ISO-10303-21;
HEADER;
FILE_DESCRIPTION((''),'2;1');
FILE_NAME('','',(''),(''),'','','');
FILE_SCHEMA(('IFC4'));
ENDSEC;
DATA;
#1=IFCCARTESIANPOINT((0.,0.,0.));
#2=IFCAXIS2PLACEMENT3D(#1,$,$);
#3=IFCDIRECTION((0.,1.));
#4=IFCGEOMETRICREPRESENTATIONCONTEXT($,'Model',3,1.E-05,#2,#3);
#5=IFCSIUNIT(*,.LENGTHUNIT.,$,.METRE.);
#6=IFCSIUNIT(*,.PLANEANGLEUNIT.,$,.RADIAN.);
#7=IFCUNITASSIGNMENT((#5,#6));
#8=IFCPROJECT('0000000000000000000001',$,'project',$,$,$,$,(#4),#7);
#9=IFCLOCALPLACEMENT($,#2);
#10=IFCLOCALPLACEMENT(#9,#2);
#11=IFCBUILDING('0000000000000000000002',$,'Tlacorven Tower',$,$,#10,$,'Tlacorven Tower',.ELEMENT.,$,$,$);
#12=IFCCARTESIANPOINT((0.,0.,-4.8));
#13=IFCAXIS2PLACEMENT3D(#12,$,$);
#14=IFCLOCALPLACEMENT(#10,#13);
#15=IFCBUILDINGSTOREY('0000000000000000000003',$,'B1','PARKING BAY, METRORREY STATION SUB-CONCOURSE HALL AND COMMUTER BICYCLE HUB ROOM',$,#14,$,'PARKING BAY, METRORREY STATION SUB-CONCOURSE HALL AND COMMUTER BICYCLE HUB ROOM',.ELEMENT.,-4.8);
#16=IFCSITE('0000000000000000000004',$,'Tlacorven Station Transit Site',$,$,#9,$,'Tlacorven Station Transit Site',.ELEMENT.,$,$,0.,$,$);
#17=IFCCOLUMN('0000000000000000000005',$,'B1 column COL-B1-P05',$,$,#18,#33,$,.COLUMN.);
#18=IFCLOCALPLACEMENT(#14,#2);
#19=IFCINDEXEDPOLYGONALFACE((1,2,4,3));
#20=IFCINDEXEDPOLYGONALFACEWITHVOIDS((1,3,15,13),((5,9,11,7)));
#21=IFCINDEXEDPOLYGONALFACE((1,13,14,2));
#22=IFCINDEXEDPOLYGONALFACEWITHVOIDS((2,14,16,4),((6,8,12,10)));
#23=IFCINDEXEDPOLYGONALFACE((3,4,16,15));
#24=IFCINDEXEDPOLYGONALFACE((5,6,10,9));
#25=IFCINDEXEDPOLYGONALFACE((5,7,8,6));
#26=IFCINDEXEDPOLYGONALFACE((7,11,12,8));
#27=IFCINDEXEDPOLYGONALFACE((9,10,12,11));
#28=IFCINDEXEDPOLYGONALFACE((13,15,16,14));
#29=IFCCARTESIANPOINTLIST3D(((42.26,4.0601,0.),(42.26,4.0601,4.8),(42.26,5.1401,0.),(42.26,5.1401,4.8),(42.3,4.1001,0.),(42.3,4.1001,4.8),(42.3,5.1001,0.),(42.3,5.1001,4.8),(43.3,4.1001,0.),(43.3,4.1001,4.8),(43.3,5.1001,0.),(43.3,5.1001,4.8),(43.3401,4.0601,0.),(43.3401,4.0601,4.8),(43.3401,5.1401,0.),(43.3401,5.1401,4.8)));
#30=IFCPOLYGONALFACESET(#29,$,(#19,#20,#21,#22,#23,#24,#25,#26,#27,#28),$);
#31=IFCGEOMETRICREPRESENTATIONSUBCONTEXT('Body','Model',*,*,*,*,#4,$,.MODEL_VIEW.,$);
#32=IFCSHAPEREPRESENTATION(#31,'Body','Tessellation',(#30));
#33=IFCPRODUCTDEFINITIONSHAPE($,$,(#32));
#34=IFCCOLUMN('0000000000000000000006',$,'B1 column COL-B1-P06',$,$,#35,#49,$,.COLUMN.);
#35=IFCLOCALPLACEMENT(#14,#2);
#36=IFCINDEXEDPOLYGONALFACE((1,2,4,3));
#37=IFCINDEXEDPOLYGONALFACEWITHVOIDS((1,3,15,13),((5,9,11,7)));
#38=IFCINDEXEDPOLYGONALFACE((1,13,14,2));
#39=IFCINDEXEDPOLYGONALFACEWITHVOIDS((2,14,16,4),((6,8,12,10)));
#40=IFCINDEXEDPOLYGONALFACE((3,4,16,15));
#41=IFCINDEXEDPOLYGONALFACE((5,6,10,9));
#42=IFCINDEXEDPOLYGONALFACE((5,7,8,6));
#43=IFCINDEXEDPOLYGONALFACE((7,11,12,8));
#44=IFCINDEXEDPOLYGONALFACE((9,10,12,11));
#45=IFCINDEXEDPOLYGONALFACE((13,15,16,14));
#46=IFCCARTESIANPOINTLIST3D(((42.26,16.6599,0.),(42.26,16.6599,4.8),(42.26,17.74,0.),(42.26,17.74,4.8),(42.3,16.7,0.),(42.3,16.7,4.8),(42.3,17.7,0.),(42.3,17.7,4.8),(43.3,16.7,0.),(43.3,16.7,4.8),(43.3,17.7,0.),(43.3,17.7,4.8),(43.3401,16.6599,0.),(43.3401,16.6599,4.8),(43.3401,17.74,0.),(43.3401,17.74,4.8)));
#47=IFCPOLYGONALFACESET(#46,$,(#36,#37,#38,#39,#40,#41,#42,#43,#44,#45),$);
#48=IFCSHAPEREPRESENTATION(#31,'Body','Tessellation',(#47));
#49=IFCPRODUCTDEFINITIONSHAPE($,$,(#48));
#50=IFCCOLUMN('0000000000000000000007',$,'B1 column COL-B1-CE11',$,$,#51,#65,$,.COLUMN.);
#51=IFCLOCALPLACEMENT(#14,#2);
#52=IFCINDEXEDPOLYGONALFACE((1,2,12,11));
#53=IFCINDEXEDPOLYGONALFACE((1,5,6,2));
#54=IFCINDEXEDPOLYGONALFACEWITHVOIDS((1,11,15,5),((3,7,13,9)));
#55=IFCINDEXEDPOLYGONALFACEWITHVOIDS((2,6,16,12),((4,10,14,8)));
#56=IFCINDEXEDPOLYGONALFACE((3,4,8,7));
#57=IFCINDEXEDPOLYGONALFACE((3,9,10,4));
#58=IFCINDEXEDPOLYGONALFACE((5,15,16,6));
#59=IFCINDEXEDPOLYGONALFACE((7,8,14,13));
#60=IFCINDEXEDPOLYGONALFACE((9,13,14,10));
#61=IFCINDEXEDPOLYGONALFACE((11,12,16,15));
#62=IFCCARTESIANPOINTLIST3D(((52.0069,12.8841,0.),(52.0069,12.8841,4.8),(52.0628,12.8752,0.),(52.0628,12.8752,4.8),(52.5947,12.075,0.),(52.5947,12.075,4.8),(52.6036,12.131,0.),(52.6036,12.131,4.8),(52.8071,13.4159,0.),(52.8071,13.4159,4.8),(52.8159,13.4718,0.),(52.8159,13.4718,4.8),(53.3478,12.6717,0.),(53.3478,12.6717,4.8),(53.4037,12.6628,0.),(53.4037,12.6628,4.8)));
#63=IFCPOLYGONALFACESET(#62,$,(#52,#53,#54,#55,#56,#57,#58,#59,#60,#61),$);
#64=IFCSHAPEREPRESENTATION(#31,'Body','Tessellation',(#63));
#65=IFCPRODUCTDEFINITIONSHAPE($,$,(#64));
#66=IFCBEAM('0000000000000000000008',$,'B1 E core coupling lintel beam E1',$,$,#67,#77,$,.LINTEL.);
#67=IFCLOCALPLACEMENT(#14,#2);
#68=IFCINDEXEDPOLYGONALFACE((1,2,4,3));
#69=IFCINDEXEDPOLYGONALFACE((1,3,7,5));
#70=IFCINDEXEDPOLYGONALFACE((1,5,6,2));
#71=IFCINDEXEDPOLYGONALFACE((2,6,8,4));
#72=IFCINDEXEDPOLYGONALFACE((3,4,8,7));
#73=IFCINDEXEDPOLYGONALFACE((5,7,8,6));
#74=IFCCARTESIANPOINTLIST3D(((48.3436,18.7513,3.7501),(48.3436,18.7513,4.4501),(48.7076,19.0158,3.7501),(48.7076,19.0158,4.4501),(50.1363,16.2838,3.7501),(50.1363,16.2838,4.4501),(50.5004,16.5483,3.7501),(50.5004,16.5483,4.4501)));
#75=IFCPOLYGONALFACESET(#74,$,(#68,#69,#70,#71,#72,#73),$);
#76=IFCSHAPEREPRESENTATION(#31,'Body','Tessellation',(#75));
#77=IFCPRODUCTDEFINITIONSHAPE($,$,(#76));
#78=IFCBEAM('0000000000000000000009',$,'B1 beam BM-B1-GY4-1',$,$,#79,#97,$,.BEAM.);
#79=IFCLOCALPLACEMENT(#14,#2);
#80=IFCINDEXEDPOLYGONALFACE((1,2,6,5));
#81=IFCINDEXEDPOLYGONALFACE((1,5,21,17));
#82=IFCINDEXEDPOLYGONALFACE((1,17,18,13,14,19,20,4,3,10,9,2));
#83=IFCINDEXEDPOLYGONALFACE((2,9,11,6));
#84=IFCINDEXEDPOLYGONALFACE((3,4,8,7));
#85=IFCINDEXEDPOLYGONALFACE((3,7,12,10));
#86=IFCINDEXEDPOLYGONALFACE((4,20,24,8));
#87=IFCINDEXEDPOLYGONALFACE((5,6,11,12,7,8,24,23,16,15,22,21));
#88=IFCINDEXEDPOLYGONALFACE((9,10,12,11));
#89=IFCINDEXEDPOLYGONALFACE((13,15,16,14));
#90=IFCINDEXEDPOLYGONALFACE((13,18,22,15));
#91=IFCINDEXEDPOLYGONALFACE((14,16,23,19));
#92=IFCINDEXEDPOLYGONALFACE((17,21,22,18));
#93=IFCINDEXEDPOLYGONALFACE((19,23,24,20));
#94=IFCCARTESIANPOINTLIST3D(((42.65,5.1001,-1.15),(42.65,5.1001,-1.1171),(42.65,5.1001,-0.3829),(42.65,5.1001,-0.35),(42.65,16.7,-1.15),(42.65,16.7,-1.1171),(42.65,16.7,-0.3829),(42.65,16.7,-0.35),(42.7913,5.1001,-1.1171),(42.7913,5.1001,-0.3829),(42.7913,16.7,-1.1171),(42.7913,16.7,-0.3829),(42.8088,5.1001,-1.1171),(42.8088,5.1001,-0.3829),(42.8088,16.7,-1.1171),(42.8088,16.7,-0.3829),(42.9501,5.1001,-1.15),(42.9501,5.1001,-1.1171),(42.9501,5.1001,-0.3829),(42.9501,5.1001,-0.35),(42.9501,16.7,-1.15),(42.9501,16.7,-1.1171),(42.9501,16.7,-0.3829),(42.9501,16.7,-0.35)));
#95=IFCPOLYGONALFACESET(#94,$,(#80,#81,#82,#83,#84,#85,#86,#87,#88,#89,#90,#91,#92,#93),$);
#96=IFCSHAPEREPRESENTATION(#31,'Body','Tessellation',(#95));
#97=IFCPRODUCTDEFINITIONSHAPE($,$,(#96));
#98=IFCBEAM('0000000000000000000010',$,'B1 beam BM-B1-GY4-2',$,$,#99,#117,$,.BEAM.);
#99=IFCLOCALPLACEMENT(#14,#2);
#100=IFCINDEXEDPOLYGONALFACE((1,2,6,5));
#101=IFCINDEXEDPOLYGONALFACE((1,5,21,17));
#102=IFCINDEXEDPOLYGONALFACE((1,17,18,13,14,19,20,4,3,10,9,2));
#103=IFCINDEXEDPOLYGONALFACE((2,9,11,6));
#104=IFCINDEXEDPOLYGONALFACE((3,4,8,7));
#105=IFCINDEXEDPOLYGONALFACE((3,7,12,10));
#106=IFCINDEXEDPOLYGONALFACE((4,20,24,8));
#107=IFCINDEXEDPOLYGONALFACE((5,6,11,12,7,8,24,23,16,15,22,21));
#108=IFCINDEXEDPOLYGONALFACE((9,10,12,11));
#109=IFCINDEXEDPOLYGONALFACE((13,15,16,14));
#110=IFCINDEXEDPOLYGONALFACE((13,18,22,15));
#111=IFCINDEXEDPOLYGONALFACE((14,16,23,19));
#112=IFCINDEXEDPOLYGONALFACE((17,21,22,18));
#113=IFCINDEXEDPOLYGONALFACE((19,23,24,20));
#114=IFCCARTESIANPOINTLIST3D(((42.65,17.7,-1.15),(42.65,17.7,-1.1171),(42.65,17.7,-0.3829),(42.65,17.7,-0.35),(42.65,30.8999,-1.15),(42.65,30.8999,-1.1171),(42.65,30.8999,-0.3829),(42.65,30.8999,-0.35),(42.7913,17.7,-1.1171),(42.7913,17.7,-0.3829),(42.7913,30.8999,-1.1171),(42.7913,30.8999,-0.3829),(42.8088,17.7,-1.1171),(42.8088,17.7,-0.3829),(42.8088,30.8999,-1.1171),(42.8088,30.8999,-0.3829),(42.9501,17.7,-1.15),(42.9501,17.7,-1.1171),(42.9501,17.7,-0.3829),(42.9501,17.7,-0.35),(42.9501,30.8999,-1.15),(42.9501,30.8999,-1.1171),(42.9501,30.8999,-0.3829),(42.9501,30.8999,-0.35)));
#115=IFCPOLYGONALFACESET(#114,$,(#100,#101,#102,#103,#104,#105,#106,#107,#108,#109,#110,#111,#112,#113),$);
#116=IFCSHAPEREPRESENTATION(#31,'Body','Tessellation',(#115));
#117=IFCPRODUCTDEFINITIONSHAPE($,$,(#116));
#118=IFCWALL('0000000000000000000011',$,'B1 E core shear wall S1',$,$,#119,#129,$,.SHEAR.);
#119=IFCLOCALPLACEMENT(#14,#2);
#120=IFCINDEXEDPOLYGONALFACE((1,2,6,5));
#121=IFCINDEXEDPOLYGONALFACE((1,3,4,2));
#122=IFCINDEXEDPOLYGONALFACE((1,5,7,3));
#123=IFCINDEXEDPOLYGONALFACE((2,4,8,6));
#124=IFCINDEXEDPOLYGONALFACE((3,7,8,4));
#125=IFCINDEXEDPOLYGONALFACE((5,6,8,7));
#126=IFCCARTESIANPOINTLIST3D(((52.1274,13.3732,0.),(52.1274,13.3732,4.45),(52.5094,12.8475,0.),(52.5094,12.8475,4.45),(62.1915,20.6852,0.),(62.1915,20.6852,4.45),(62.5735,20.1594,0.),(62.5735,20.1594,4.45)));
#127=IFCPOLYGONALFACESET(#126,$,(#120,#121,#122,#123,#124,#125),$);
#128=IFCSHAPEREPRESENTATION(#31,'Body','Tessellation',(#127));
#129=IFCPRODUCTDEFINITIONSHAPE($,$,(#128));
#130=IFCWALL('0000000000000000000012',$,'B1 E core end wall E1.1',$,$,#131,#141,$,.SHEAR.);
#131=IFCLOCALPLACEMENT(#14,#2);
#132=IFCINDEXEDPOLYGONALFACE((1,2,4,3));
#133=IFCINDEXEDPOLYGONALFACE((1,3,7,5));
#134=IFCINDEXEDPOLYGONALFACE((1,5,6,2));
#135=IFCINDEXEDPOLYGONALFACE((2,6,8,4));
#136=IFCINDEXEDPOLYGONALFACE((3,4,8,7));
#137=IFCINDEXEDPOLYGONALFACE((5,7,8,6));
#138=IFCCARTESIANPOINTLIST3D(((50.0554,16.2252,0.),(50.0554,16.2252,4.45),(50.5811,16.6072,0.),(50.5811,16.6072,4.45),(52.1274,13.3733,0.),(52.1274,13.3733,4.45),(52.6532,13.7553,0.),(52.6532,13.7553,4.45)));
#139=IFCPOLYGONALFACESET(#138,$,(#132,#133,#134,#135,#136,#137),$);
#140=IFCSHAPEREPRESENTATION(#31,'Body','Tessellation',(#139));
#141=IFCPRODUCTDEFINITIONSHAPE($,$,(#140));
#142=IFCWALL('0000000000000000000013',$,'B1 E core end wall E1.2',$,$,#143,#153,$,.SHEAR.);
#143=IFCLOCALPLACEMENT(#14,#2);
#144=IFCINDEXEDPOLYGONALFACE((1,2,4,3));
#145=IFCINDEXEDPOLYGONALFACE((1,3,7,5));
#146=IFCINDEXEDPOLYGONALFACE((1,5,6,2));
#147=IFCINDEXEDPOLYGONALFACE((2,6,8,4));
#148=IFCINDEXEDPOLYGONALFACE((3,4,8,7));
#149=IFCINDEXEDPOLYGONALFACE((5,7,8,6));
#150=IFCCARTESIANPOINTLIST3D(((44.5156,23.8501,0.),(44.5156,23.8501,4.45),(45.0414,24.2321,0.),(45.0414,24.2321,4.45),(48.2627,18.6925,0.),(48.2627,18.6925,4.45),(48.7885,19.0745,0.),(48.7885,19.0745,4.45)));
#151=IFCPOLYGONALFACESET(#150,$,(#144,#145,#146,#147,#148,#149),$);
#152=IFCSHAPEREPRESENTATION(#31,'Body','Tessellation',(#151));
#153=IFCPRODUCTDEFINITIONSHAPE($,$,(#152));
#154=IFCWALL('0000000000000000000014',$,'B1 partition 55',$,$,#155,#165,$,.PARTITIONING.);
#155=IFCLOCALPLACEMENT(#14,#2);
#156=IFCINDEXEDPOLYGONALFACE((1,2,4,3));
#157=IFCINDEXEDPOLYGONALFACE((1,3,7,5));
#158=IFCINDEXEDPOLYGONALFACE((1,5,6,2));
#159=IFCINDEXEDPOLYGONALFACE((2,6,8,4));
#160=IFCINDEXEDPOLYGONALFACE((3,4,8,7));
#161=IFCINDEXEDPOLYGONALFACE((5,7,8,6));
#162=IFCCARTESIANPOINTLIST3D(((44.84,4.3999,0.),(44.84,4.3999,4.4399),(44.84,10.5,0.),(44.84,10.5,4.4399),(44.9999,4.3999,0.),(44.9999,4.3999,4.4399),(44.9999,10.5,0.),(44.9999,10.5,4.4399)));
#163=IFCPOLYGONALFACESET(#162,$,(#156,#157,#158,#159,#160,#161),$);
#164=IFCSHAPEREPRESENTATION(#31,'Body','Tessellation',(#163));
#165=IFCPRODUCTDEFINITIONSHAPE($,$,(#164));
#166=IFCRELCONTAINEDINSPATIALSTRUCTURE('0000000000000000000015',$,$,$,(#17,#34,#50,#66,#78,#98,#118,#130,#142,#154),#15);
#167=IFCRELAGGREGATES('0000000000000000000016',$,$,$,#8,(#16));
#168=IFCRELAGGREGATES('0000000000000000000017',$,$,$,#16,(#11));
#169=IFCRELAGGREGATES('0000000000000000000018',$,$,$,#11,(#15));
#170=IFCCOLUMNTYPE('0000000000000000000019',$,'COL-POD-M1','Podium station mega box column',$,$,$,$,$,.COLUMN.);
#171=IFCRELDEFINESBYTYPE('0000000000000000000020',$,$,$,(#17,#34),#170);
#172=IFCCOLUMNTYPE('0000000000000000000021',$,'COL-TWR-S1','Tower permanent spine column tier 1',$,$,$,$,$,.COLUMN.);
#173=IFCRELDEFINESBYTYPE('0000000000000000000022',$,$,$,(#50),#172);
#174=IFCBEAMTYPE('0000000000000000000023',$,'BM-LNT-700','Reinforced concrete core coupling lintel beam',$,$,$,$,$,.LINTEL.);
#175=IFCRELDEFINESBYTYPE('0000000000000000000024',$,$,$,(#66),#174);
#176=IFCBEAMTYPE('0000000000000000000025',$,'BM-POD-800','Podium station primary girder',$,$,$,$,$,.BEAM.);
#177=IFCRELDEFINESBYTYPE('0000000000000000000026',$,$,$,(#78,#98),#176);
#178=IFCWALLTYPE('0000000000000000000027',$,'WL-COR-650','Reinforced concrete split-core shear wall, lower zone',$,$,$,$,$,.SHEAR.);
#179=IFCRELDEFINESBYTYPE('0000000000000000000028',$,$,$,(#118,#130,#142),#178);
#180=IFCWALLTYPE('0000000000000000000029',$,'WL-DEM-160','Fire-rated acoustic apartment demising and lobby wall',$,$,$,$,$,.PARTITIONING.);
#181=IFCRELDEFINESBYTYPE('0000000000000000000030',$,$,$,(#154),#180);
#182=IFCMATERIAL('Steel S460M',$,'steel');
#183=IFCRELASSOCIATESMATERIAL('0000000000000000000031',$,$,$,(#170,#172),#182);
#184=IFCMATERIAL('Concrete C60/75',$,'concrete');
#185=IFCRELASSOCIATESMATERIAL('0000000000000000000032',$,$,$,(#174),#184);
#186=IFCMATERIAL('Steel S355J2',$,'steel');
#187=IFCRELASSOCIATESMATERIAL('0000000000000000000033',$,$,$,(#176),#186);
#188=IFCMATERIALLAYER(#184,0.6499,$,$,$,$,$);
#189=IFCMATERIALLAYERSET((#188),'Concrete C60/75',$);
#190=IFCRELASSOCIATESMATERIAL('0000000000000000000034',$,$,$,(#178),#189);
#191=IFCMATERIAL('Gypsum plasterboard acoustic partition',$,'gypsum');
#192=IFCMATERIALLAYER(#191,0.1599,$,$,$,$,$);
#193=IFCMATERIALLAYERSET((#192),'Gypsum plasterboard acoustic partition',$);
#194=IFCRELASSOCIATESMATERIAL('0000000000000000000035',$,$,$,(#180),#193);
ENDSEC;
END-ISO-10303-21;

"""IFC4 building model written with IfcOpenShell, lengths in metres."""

from ifc_helpers import new_model, si_unit, direction, frame, frame_2d, origin, origin_2d, place, context, subcontext, project, spatial, rectangle, hollow_rectangle, i_section, extrude, source, transform, mapped, material, layer, layer_set, material_profile, profile_set, type_object, element, save


model = new_model("IFC4")

# Units and contexts
model_context = context("Model", 3, precision=1e-05, world=origin(), true_north=direction((0.0, 1.0)))
body_context = subcontext(model_context, "Body", "Model", "MODEL_VIEW")
ifc_project = project(units=[si_unit("LENGTHUNIT", "METRE"), si_unit("PLANEANGLEUNIT", "RADIAN")], contexts=[model_context])

# Site, building, storey
site_placement = place(None, origin())
site = spatial("IfcSite", under=ifc_project, at=site_placement, Name="Tlacorven Station Transit Site", LongName="Tlacorven Station Transit Site", CompositionType="ELEMENT", RefElevation=0.0)
building_placement = place(site_placement, origin())
building = spatial("IfcBuilding", under=site, at=building_placement, Name="Tlacorven Tower", LongName="Tlacorven Tower", CompositionType="ELEMENT")
storey_placement = place(building_placement, frame((0.0, 0.0, -4.8)))
storey = spatial("IfcBuildingStorey", under=building, at=storey_placement, Name="B1", Description="PARKING BAY, METRORREY STATION SUB-CONCOURSE HALL AND COMMUTER BICYCLE HUB ROOM", LongName="PARKING BAY, METRORREY STATION SUB-CONCOURSE HALL AND COMMUTER BICYCLE HUB ROOM", CompositionType="ELEMENT", Elevation=-4.8)

# Columns
ifc_material_1 = material(Name="Steel S460M", Category="steel")
ifc_material_profile_1 = material_profile(ifc_material_1, hollow_rectangle(XDim=1.0801, YDim=1.0801, WallThickness=0.04, at=origin_2d()), Name="BOX 1080X1080X40")
ifc_profile_set_1 = profile_set([ifc_material_profile_1], Name="Steel S460M")
column_type_1 = type_object("IfcColumnType", Name="COL-POD-M1", Description="Podium station mega box column", PredefinedType="COLUMN", material=ifc_profile_set_1)
shared_shape_1 = source(origin(), body_context, "Body", "SweptSolid", [
    extrude(hollow_rectangle(XDim=1.0801, YDim=1.0801, WallThickness=0.04, at=origin_2d()), origin(), (0.0, 0.0, 1.0), 4.8),
])
for number, where, z_axis, x_axis, name in (
    (1, (42.8, 4.6001, 0.0), (0.0, 0.0, 1.0), (1.0, 0.0, 0.0), "B1 column COL-B1-P05"),
    (2, (42.8, 17.2, 0.0), (0.0, 0.0, 1.0), (1.0, 0.0, 0.0), "B1 column COL-B1-P06"),
):
    element("IfcColumn", number, at=place(storey_placement, frame(where, z_axis=z_axis, x_axis=x_axis)), inside=storey, type_object=column_type_1, Name=name, PredefinedType="COLUMN", context=body_context, shape_type="MappedRepresentation", body=[
        mapped(shared_shape_1, transform((0.0, 0.0, 0.0), scale=1.0)),
    ])
ifc_material_profile_2 = material_profile(ifc_material_1, hollow_rectangle(XDim=1.0, YDim=1.0, WallThickness=0.04, at=origin_2d()), Name="BOX 1000X1000X40")
ifc_profile_set_2 = profile_set([ifc_material_profile_2], Name="Steel S460M")
column_type_2 = type_object("IfcColumnType", Name="COL-TWR-S1", Description="Tower permanent spine column tier 1", PredefinedType="COLUMN", material=ifc_profile_set_2)
shared_shape_2 = source(origin(), body_context, "Body", "SweptSolid", [
    extrude(hollow_rectangle(XDim=1.0, YDim=1.0, WallThickness=0.04, at=origin_2d()), origin(), (0.0, 0.0, 1.0), 4.8),
])
column_placement = place(storey_placement, frame((52.7053, 12.7734, 0.0), z_axis=(0.0, 0.0, 1.0), x_axis=(0.809017, 0.587785, 0.0)))
element("IfcColumn", 3, at=column_placement, inside=storey, type_object=column_type_2, Name="B1 column COL-B1-CE11", PredefinedType="COLUMN", context=body_context, shape_type="MappedRepresentation", body=[
    mapped(shared_shape_2, transform((0.0, 0.0, 0.0), scale=1.0)),
])

# Beams
ifc_material_2 = material(Name="Concrete C60/75", Category="concrete")
ifc_material_profile_3 = material_profile(ifc_material_2, rectangle(XDim=0.45, YDim=0.7, at=origin_2d()), Name="RC 450X700")
ifc_profile_set_3 = profile_set([ifc_material_profile_3], Name="Concrete C60/75")
beam_type_1 = type_object("IfcBeamType", Name="BM-LNT-700", Description="Reinforced concrete core coupling lintel beam", PredefinedType="LINTEL", material=ifc_profile_set_3)
shared_shape_3 = source(origin(), body_context, "Body", "SweptSolid", [
    extrude(rectangle(XDim=0.45, YDim=0.7, at=origin_2d()), origin(), (0.0, 0.0, 1.0), 3.05),
])
beam_1_placement = place(storey_placement, frame((50.3184, 16.416, 4.1001), z_axis=(-0.587777, 0.809023, 0.0), x_axis=(-0.809023, -0.587777, 0.0)))
element("IfcBeam", 4, at=beam_1_placement, inside=storey, type_object=beam_type_1, Name="B1 E core coupling lintel beam E1", PredefinedType="LINTEL", context=body_context, shape_type="MappedRepresentation", body=[
    mapped(shared_shape_3, transform((0.0, 0.0, 0.0), scale=1.0)),
])
ifc_material_3 = material(Name="Steel S355J2", Category="steel")
ifc_material_profile_4 = material_profile(ifc_material_3, i_section(OverallWidth=0.3, OverallDepth=0.8, WebThickness=0.0176, FlangeThickness=0.033, at=origin_2d()), Name="HEB 800")
ifc_profile_set_4 = profile_set([ifc_material_profile_4], Name="Steel S355J2")
beam_type_2 = type_object("IfcBeamType", Name="BM-POD-800", Description="Podium station primary girder", PredefinedType="BEAM", material=ifc_profile_set_4)
shared_shape_4 = source(origin(), body_context, "Body", "SweptSolid", [
    extrude(i_section(OverallWidth=0.3, OverallDepth=0.8, WebThickness=0.0176, FlangeThickness=0.033, at=origin_2d()), origin(), (0.0, 0.0, 1.0), 11.5999),
])
beam_2_placement = place(storey_placement, frame((42.8, 5.1001, -0.75), z_axis=(0.0, 1.0, 0.0), x_axis=(-1.0, 0.0, 0.0)))
element("IfcBeam", 5, at=beam_2_placement, inside=storey, type_object=beam_type_2, Name="B1 beam BM-B1-GY4-1", PredefinedType="BEAM", context=body_context, shape_type="MappedRepresentation", body=[
    mapped(shared_shape_4, transform((0.0, 0.0, 0.0), scale=1.0)),
])
shared_shape_5 = source(origin(), body_context, "Body", "SweptSolid", [
    extrude(i_section(OverallWidth=0.3, OverallDepth=0.8, WebThickness=0.0176, FlangeThickness=0.033, at=origin_2d()), origin(), (0.0, 0.0, 1.0), 13.2),
])
beam_3_placement = place(storey_placement, frame((42.8, 17.7, -0.75), z_axis=(0.0, 1.0, 0.0), x_axis=(-1.0, 0.0, 0.0)))
element("IfcBeam", 6, at=beam_3_placement, inside=storey, type_object=beam_type_2, Name="B1 beam BM-B1-GY4-2", PredefinedType="BEAM", context=body_context, shape_type="MappedRepresentation", body=[
    mapped(shared_shape_5, transform((0.0, 0.0, 0.0), scale=1.0)),
])

# Walls
ifc_layer_1 = layer(ifc_material_2, 0.6499)
ifc_layer_set_1 = layer_set([ifc_layer_1], Name="Concrete C60/75")
wall_type_1 = type_object("IfcWallType", Name="WL-COR-650", Description="Reinforced concrete split-core shear wall, lower zone", PredefinedType="SHEAR", material=ifc_layer_set_1)
wall_1_placement = place(storey_placement, frame((52.3184, 13.1104, 0.0), z_axis=(0.0, 0.0, 1.0), x_axis=(0.809019, 0.587782, 0.0)))
element("IfcWall", 7, at=wall_1_placement, inside=storey, type_object=wall_type_1, Name="B1 E core shear wall S1", PredefinedType="SHEAR", context=body_context, shape_type="SweptSolid", body=[
    extrude(rectangle(XDim=12.4399, YDim=0.6499, at=frame_2d((6.22, 0.0))), origin(), (0.0, 0.0, 1.0), 4.45),
])
wall_2_placement = place(storey_placement, frame((52.3904, 13.5642, 0.0), z_axis=(0.0, 0.0, 1.0), x_axis=(-0.587797, 0.809009, 0.0)))
element("IfcWall", 8, at=wall_2_placement, inside=storey, type_object=wall_type_1, Name="B1 E core end wall E1.1", PredefinedType="SHEAR", context=body_context, shape_type="SweptSolid", body=[
    extrude(rectangle(XDim=3.5251, YDim=0.6499, at=frame_2d((1.7627, 0.0))), origin(), (0.0, 0.0, 1.0), 4.45),
])
wall_3_placement = place(storey_placement, frame((48.5256, 18.8835, 0.0), z_axis=(0.0, 0.0, 1.0), x_axis=(-0.58778, 0.809021, 0.0)))
element("IfcWall", 9, at=wall_3_placement, inside=storey, type_object=wall_type_1, Name="B1 E core end wall E1.2", PredefinedType="SHEAR", context=body_context, shape_type="SweptSolid", body=[
    extrude(rectangle(XDim=6.375, YDim=0.6499, at=frame_2d((3.1875, 0.0))), origin(), (0.0, 0.0, 1.0), 4.45),
])
ifc_material_4 = material(Name="Gypsum plasterboard acoustic partition", Category="gypsum")
ifc_layer_2 = layer(ifc_material_4, 0.1599)
ifc_layer_set_2 = layer_set([ifc_layer_2], Name="Gypsum plasterboard acoustic partition")
wall_type_2 = type_object("IfcWallType", Name="WL-DEM-160", Description="Fire-rated acoustic apartment demising and lobby wall", PredefinedType="PARTITIONING", material=ifc_layer_set_2)
wall_4_placement = place(storey_placement, frame((44.9199, 4.3999, 0.0), z_axis=(0.0, 0.0, 1.0), x_axis=(0.0, 1.0, 0.0)))
element("IfcWall", 10, at=wall_4_placement, inside=storey, type_object=wall_type_2, Name="B1 partition 55", PredefinedType="PARTITIONING", context=body_context, shape_type="SweptSolid", body=[
    extrude(rectangle(XDim=6.1001, YDim=0.1599, at=frame_2d((3.05, 0.0))), origin(), (0.0, 0.0, 1.0), 4.4399),
])

save(model, "model.ifc")
